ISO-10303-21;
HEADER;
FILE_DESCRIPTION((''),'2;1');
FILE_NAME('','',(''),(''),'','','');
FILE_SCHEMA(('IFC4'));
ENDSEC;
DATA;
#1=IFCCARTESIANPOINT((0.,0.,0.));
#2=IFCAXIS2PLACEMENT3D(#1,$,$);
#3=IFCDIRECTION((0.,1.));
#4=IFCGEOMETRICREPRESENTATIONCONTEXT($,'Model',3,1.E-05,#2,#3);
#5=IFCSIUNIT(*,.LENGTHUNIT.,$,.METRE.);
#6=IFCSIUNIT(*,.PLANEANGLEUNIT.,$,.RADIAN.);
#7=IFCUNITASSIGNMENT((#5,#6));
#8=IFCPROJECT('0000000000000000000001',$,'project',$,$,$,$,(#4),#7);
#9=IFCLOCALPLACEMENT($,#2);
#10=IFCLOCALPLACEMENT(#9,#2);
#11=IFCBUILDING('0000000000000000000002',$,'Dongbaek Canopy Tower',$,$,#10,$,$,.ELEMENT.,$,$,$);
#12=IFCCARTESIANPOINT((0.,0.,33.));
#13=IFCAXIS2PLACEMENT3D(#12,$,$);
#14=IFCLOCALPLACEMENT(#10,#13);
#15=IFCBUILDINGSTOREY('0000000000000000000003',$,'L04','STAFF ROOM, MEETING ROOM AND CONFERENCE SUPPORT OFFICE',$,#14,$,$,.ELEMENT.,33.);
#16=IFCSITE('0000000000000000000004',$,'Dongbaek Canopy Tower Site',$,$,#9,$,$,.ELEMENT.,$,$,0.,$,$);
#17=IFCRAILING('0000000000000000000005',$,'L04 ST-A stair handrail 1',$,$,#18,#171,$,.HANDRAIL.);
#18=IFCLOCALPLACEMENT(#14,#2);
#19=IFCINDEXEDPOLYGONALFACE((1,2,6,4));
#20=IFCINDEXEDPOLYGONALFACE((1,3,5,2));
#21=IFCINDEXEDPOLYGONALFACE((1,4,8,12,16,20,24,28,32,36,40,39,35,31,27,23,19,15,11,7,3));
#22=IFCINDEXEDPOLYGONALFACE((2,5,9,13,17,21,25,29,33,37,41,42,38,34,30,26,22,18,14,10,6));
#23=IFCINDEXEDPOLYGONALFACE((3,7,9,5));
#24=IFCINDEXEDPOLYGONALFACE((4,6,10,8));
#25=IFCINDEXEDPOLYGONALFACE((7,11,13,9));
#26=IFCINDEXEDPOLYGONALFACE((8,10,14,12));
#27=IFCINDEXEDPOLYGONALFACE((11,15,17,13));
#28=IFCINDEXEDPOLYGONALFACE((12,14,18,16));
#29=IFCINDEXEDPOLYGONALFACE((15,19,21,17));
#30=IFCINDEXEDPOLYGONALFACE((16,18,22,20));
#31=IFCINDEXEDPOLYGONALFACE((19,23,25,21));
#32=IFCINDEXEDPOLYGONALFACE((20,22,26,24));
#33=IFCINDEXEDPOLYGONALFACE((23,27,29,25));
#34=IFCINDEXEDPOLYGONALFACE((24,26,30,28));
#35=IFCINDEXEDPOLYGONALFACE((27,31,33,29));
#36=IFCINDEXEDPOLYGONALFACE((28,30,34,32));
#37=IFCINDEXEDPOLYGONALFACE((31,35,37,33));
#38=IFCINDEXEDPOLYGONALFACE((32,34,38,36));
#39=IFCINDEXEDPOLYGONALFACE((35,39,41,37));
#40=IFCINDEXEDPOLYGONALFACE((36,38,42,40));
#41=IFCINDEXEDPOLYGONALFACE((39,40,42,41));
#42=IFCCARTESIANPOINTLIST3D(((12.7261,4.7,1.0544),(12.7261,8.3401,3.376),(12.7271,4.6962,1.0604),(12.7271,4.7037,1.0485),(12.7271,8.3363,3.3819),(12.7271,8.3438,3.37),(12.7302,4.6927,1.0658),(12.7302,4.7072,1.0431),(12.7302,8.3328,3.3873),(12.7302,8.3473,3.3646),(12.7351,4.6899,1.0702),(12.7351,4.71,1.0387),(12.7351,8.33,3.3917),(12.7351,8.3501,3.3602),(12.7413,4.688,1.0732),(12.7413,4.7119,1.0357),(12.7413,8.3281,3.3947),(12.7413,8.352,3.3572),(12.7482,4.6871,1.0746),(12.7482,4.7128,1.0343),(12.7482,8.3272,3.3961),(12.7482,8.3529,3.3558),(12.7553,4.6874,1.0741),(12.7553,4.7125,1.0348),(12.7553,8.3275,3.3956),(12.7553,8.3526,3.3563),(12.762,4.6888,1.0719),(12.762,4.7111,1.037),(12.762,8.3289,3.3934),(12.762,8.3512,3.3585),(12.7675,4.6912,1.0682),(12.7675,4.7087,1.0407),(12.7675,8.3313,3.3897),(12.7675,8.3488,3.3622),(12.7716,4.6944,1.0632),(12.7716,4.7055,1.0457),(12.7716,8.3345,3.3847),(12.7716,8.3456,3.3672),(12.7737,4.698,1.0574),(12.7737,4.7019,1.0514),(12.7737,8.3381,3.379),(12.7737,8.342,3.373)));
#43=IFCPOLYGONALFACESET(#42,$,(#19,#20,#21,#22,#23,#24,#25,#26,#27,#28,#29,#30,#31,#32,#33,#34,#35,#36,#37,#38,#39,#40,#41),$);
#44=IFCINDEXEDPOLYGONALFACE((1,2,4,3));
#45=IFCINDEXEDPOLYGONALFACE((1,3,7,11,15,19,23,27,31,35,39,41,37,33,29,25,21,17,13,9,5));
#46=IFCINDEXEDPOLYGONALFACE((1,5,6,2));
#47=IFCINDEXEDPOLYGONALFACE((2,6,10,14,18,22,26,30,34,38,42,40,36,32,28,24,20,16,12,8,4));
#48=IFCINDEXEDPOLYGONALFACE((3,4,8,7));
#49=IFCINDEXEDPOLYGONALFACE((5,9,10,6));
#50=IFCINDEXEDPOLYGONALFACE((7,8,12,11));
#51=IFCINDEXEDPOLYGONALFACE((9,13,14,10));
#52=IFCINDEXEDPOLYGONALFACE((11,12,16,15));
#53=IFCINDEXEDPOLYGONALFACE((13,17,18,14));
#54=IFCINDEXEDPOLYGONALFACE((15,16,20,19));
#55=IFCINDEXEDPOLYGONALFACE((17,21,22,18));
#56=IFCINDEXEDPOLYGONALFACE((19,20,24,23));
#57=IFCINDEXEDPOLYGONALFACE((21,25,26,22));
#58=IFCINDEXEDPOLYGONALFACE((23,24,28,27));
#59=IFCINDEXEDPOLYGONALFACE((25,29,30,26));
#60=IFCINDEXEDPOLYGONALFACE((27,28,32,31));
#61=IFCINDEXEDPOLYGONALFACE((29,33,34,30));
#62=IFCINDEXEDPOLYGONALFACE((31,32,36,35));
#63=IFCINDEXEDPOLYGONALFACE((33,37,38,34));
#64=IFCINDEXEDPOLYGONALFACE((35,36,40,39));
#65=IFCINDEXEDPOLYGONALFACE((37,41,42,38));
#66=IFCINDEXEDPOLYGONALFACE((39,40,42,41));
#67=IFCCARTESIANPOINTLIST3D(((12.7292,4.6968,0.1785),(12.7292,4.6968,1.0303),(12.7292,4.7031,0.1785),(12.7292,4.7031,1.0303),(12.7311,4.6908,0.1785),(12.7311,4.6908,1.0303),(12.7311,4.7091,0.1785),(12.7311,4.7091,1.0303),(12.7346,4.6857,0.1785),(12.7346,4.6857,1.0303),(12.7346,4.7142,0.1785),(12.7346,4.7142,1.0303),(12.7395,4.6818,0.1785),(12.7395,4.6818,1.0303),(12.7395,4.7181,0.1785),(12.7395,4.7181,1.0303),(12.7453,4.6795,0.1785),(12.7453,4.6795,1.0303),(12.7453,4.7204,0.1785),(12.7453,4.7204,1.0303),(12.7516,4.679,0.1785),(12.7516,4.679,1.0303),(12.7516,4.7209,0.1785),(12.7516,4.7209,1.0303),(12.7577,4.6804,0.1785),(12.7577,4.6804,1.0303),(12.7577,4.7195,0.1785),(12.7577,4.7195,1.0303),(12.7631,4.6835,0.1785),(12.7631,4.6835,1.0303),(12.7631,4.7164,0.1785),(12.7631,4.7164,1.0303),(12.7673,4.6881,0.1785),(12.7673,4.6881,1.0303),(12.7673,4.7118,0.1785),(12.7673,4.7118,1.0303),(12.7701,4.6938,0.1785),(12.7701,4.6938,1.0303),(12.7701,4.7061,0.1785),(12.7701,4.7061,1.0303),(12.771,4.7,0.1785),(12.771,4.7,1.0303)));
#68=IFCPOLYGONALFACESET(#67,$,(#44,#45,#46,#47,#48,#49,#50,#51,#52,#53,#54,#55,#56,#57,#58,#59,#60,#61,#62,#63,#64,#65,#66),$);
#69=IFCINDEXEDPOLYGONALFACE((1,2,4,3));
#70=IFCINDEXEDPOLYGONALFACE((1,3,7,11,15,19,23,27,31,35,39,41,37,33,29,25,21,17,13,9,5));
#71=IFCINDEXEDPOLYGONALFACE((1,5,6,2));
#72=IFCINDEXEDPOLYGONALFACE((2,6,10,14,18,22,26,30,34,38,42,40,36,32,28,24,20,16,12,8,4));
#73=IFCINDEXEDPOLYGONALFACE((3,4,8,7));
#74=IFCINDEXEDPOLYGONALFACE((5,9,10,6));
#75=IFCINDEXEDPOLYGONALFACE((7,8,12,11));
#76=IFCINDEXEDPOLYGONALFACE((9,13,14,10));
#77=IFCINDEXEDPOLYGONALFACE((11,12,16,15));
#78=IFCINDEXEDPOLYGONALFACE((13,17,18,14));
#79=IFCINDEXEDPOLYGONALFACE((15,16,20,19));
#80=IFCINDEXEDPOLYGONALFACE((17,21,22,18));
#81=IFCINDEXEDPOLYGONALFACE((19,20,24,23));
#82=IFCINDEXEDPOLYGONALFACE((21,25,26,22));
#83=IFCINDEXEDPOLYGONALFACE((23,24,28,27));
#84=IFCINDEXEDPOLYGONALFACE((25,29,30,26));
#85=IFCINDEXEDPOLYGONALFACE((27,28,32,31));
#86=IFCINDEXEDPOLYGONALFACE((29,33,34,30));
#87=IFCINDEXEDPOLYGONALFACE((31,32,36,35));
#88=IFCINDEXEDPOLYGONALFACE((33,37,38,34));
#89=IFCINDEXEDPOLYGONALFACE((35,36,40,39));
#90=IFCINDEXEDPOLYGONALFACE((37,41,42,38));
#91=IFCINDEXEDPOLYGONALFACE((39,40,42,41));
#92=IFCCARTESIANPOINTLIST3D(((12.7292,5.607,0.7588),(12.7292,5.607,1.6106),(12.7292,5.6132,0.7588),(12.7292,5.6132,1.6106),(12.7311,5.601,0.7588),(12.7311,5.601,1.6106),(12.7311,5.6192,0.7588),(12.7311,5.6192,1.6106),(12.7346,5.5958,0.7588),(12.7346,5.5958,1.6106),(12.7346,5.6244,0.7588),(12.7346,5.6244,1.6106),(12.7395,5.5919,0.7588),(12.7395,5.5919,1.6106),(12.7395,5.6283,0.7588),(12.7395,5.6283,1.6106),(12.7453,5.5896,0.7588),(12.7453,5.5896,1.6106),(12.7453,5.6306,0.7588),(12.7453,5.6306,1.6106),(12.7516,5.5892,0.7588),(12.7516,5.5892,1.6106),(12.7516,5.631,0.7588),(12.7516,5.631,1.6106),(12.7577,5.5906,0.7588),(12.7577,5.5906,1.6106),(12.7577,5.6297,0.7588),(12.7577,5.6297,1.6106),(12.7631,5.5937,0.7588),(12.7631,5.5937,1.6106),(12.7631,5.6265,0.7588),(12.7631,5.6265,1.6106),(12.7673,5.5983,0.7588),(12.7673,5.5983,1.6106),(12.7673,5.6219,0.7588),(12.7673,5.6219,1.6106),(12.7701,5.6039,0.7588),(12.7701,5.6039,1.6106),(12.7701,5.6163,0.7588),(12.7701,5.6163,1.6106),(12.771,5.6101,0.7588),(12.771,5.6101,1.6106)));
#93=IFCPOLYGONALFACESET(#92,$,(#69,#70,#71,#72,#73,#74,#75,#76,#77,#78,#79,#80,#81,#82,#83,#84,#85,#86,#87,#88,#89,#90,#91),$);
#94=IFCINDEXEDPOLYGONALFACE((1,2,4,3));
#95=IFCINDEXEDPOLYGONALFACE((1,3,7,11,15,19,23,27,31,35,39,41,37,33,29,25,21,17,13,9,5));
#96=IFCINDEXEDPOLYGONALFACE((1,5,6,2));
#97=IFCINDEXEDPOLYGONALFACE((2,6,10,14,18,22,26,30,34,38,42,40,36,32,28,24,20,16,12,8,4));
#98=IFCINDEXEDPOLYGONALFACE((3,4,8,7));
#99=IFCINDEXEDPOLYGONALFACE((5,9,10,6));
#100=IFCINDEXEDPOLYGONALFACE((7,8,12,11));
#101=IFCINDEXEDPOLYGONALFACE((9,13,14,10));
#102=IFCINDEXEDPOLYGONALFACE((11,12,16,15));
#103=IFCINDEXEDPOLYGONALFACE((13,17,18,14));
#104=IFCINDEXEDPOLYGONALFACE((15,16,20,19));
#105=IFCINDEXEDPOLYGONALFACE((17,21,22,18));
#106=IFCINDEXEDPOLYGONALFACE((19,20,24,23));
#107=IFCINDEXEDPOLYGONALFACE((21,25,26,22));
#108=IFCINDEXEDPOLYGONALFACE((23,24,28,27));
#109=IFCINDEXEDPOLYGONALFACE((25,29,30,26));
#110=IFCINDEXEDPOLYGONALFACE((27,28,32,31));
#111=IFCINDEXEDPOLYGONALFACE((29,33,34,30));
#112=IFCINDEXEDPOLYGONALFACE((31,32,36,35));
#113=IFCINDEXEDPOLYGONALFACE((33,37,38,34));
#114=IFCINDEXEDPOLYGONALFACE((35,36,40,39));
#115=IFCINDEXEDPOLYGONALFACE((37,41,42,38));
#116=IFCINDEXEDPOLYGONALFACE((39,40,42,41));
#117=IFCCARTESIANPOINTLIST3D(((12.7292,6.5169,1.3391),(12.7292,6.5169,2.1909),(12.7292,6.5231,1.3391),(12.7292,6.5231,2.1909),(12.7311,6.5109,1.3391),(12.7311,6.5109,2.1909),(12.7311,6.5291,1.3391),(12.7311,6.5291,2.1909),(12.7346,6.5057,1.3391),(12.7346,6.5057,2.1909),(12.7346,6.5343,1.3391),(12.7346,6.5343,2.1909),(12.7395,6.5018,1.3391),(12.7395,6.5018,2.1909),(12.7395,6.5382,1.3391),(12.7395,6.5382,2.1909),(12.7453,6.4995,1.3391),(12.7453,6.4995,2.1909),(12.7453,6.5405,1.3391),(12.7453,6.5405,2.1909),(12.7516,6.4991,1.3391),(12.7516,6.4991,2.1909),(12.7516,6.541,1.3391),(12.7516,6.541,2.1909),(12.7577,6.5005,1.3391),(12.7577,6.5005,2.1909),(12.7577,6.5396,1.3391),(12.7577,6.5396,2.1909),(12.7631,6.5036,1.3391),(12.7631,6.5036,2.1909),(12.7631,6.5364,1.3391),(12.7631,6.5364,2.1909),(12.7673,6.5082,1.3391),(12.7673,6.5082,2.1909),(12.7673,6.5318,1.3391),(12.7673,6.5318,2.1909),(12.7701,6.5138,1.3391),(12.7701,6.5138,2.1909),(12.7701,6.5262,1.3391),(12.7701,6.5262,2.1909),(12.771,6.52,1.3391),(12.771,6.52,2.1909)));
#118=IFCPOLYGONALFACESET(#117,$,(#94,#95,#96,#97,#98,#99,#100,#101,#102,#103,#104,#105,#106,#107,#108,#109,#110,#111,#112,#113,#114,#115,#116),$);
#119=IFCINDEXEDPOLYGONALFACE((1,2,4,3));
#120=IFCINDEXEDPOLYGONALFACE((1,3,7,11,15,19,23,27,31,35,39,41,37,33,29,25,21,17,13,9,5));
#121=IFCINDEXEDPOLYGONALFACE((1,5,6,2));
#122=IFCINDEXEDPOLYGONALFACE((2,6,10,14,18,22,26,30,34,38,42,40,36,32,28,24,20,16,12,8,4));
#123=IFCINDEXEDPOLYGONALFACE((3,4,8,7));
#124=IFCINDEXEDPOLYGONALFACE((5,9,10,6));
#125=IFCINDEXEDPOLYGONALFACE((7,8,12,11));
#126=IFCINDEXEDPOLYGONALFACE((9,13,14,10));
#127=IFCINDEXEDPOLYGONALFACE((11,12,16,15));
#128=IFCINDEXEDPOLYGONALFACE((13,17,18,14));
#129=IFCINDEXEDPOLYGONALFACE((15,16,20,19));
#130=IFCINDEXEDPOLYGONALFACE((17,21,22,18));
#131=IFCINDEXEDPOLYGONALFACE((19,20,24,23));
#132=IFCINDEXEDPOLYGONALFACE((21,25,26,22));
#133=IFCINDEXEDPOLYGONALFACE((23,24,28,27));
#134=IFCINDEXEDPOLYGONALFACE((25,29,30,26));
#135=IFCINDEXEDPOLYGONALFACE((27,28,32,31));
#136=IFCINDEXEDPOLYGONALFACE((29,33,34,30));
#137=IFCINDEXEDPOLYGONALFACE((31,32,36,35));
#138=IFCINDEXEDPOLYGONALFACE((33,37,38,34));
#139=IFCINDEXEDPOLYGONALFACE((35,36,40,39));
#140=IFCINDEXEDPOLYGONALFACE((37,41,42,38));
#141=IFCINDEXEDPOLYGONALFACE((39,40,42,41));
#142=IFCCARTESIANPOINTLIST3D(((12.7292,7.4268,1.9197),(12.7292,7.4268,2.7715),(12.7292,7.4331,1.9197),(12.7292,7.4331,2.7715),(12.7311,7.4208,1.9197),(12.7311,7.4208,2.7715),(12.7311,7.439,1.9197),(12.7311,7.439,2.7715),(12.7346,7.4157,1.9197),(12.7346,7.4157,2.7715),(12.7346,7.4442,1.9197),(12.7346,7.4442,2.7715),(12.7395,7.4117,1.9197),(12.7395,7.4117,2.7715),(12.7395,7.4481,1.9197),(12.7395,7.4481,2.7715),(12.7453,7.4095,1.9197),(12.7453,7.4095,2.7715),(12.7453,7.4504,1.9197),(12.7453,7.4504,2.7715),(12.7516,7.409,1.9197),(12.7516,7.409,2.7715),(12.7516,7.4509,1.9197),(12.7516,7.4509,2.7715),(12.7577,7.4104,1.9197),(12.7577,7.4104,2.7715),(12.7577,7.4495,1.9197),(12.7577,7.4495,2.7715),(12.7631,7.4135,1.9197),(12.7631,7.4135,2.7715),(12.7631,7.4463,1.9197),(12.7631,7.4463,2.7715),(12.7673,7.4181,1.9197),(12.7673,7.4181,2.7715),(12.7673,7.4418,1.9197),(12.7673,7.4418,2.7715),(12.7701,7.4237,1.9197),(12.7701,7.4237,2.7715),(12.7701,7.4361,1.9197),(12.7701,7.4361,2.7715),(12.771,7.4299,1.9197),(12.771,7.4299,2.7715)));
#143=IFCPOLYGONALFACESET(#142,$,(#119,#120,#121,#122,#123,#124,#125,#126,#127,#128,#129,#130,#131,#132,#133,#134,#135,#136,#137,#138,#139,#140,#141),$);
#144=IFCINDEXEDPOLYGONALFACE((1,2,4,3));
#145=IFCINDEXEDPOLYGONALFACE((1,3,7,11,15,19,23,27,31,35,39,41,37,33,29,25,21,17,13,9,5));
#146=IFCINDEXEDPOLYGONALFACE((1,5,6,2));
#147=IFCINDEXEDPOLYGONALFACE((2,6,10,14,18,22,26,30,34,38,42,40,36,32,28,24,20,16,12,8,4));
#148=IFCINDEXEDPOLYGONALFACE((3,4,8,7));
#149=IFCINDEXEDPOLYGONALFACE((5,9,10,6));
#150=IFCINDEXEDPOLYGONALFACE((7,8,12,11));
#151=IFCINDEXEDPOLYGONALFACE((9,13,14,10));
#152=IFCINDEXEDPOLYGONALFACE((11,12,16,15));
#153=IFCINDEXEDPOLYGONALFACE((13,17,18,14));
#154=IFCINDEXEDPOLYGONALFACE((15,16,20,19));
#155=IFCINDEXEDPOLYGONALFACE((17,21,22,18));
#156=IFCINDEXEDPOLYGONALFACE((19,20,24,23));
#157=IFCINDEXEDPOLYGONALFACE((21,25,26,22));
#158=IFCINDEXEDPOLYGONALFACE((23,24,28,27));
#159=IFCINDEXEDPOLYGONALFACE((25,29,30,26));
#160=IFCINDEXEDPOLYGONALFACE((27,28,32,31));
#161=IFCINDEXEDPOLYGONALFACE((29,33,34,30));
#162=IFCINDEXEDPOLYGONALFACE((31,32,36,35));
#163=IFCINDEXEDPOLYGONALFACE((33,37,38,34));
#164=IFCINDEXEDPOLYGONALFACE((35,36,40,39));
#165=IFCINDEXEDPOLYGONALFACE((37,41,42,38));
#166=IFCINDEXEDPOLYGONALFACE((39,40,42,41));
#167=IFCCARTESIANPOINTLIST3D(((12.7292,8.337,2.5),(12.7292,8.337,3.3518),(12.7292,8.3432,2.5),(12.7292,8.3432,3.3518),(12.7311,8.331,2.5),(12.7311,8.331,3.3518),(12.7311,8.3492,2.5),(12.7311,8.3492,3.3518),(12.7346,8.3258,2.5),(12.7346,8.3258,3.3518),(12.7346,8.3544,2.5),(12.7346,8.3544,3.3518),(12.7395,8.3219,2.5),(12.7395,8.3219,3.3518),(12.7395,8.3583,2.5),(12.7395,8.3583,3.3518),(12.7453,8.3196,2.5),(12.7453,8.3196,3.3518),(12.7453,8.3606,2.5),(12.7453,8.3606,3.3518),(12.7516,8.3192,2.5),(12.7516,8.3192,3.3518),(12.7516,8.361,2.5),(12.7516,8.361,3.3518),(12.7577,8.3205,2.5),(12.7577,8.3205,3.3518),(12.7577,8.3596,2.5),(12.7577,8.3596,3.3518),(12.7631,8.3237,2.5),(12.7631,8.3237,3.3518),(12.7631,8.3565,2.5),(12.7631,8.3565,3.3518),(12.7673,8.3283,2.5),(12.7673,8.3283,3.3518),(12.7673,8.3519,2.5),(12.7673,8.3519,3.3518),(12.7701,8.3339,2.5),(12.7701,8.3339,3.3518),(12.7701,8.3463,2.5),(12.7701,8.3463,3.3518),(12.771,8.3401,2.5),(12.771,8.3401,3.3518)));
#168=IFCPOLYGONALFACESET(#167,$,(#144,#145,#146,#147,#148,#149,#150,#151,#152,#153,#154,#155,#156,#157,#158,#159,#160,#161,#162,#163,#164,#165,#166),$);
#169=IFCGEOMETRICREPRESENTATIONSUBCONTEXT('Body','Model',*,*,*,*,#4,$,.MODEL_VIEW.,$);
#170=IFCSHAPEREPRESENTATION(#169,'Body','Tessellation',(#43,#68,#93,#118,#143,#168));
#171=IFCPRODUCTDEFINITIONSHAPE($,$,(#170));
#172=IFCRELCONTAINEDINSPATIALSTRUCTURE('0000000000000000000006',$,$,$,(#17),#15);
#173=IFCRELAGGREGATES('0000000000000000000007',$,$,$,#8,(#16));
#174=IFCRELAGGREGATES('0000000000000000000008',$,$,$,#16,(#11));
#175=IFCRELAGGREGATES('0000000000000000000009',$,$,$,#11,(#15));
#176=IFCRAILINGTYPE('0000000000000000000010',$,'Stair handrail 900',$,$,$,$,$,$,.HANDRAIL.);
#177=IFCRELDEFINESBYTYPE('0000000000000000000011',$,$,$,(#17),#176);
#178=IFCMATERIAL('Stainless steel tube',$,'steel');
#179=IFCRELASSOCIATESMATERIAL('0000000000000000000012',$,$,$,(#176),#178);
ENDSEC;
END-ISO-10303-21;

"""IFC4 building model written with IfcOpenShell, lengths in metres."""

from ifc_helpers import new_model, si_unit, direction, frame, origin, origin_2d, place, context, subcontext, project, spatial, circle, extrude, material, type_object, element, save


model = new_model("IFC4")

# Units and contexts
model_context = context("Model", 3, precision=1e-05, world=origin(), true_north=direction((0.0, 1.0)))
body_context = subcontext(model_context, "Body", "Model", "MODEL_VIEW")
ifc_project = project(units=[si_unit("LENGTHUNIT", "METRE"), si_unit("PLANEANGLEUNIT", "RADIAN")], contexts=[model_context])

# Site, building, storey
site_placement = place(None, origin())
site = spatial("IfcSite", under=ifc_project, at=site_placement, Name="Dongbaek Canopy Tower Site", CompositionType="ELEMENT", RefElevation=0.0)
building_placement = place(site_placement, origin())
building = spatial("IfcBuilding", under=site, at=building_placement, Name="Dongbaek Canopy Tower", CompositionType="ELEMENT")
storey_placement = place(building_placement, frame((0.0, 0.0, 33.0)))
storey = spatial("IfcBuildingStorey", under=building, at=storey_placement, Name="L04", Description="STAFF ROOM, MEETING ROOM AND CONFERENCE SUPPORT OFFICE", CompositionType="ELEMENT", Elevation=33.0)

# Railing
ifc_material_1 = material(Name="Stainless steel tube", Category="steel")
railing_type_1 = type_object("IfcRailingType", Name="Stair handrail 900", PredefinedType="HANDRAIL", material=ifc_material_1)
railing_1_placement = place(storey_placement, frame((12.75, 4.7, 0.1785)))
element("IfcRailing", 1, at=railing_1_placement, inside=storey, type_object=railing_type_1, Name="L04 ST-A stair handrail 1", PredefinedType="HANDRAIL", context=body_context, shape_type="SweptSolid", body=[
    extrude(circle(Radius=0.0239, at=origin_2d()), frame((0.0, 0.0, 0.876), z_axis=(0.0, 0.843128, 0.537713), x_axis=(-1.0, 0.0, 0.0)), (0.0, 0.0, 1.0), 4.3174),
    extrude(circle(Radius=0.021, at=origin_2d()), origin(), (0.0, 0.0, 1.0), 0.8518),
    extrude(circle(Radius=0.021, at=origin_2d()), frame((0.0, 0.9102, 0.5803)), (0.0, 0.0, 1.0), 0.8518),
    extrude(circle(Radius=0.021, at=origin_2d()), frame((0.0, 1.8201, 1.1606)), (0.0, 0.0, 1.0), 0.8518),
    extrude(circle(Radius=0.021, at=origin_2d()), frame((0.0, 2.73, 1.7412)), (0.0, 0.0, 1.0), 0.8518),
    extrude(circle(Radius=0.021, at=origin_2d()), frame((0.0, 3.6401, 2.3215)), (0.0, 0.0, 1.0), 0.8518),
])

save(model, "model.ifc")
